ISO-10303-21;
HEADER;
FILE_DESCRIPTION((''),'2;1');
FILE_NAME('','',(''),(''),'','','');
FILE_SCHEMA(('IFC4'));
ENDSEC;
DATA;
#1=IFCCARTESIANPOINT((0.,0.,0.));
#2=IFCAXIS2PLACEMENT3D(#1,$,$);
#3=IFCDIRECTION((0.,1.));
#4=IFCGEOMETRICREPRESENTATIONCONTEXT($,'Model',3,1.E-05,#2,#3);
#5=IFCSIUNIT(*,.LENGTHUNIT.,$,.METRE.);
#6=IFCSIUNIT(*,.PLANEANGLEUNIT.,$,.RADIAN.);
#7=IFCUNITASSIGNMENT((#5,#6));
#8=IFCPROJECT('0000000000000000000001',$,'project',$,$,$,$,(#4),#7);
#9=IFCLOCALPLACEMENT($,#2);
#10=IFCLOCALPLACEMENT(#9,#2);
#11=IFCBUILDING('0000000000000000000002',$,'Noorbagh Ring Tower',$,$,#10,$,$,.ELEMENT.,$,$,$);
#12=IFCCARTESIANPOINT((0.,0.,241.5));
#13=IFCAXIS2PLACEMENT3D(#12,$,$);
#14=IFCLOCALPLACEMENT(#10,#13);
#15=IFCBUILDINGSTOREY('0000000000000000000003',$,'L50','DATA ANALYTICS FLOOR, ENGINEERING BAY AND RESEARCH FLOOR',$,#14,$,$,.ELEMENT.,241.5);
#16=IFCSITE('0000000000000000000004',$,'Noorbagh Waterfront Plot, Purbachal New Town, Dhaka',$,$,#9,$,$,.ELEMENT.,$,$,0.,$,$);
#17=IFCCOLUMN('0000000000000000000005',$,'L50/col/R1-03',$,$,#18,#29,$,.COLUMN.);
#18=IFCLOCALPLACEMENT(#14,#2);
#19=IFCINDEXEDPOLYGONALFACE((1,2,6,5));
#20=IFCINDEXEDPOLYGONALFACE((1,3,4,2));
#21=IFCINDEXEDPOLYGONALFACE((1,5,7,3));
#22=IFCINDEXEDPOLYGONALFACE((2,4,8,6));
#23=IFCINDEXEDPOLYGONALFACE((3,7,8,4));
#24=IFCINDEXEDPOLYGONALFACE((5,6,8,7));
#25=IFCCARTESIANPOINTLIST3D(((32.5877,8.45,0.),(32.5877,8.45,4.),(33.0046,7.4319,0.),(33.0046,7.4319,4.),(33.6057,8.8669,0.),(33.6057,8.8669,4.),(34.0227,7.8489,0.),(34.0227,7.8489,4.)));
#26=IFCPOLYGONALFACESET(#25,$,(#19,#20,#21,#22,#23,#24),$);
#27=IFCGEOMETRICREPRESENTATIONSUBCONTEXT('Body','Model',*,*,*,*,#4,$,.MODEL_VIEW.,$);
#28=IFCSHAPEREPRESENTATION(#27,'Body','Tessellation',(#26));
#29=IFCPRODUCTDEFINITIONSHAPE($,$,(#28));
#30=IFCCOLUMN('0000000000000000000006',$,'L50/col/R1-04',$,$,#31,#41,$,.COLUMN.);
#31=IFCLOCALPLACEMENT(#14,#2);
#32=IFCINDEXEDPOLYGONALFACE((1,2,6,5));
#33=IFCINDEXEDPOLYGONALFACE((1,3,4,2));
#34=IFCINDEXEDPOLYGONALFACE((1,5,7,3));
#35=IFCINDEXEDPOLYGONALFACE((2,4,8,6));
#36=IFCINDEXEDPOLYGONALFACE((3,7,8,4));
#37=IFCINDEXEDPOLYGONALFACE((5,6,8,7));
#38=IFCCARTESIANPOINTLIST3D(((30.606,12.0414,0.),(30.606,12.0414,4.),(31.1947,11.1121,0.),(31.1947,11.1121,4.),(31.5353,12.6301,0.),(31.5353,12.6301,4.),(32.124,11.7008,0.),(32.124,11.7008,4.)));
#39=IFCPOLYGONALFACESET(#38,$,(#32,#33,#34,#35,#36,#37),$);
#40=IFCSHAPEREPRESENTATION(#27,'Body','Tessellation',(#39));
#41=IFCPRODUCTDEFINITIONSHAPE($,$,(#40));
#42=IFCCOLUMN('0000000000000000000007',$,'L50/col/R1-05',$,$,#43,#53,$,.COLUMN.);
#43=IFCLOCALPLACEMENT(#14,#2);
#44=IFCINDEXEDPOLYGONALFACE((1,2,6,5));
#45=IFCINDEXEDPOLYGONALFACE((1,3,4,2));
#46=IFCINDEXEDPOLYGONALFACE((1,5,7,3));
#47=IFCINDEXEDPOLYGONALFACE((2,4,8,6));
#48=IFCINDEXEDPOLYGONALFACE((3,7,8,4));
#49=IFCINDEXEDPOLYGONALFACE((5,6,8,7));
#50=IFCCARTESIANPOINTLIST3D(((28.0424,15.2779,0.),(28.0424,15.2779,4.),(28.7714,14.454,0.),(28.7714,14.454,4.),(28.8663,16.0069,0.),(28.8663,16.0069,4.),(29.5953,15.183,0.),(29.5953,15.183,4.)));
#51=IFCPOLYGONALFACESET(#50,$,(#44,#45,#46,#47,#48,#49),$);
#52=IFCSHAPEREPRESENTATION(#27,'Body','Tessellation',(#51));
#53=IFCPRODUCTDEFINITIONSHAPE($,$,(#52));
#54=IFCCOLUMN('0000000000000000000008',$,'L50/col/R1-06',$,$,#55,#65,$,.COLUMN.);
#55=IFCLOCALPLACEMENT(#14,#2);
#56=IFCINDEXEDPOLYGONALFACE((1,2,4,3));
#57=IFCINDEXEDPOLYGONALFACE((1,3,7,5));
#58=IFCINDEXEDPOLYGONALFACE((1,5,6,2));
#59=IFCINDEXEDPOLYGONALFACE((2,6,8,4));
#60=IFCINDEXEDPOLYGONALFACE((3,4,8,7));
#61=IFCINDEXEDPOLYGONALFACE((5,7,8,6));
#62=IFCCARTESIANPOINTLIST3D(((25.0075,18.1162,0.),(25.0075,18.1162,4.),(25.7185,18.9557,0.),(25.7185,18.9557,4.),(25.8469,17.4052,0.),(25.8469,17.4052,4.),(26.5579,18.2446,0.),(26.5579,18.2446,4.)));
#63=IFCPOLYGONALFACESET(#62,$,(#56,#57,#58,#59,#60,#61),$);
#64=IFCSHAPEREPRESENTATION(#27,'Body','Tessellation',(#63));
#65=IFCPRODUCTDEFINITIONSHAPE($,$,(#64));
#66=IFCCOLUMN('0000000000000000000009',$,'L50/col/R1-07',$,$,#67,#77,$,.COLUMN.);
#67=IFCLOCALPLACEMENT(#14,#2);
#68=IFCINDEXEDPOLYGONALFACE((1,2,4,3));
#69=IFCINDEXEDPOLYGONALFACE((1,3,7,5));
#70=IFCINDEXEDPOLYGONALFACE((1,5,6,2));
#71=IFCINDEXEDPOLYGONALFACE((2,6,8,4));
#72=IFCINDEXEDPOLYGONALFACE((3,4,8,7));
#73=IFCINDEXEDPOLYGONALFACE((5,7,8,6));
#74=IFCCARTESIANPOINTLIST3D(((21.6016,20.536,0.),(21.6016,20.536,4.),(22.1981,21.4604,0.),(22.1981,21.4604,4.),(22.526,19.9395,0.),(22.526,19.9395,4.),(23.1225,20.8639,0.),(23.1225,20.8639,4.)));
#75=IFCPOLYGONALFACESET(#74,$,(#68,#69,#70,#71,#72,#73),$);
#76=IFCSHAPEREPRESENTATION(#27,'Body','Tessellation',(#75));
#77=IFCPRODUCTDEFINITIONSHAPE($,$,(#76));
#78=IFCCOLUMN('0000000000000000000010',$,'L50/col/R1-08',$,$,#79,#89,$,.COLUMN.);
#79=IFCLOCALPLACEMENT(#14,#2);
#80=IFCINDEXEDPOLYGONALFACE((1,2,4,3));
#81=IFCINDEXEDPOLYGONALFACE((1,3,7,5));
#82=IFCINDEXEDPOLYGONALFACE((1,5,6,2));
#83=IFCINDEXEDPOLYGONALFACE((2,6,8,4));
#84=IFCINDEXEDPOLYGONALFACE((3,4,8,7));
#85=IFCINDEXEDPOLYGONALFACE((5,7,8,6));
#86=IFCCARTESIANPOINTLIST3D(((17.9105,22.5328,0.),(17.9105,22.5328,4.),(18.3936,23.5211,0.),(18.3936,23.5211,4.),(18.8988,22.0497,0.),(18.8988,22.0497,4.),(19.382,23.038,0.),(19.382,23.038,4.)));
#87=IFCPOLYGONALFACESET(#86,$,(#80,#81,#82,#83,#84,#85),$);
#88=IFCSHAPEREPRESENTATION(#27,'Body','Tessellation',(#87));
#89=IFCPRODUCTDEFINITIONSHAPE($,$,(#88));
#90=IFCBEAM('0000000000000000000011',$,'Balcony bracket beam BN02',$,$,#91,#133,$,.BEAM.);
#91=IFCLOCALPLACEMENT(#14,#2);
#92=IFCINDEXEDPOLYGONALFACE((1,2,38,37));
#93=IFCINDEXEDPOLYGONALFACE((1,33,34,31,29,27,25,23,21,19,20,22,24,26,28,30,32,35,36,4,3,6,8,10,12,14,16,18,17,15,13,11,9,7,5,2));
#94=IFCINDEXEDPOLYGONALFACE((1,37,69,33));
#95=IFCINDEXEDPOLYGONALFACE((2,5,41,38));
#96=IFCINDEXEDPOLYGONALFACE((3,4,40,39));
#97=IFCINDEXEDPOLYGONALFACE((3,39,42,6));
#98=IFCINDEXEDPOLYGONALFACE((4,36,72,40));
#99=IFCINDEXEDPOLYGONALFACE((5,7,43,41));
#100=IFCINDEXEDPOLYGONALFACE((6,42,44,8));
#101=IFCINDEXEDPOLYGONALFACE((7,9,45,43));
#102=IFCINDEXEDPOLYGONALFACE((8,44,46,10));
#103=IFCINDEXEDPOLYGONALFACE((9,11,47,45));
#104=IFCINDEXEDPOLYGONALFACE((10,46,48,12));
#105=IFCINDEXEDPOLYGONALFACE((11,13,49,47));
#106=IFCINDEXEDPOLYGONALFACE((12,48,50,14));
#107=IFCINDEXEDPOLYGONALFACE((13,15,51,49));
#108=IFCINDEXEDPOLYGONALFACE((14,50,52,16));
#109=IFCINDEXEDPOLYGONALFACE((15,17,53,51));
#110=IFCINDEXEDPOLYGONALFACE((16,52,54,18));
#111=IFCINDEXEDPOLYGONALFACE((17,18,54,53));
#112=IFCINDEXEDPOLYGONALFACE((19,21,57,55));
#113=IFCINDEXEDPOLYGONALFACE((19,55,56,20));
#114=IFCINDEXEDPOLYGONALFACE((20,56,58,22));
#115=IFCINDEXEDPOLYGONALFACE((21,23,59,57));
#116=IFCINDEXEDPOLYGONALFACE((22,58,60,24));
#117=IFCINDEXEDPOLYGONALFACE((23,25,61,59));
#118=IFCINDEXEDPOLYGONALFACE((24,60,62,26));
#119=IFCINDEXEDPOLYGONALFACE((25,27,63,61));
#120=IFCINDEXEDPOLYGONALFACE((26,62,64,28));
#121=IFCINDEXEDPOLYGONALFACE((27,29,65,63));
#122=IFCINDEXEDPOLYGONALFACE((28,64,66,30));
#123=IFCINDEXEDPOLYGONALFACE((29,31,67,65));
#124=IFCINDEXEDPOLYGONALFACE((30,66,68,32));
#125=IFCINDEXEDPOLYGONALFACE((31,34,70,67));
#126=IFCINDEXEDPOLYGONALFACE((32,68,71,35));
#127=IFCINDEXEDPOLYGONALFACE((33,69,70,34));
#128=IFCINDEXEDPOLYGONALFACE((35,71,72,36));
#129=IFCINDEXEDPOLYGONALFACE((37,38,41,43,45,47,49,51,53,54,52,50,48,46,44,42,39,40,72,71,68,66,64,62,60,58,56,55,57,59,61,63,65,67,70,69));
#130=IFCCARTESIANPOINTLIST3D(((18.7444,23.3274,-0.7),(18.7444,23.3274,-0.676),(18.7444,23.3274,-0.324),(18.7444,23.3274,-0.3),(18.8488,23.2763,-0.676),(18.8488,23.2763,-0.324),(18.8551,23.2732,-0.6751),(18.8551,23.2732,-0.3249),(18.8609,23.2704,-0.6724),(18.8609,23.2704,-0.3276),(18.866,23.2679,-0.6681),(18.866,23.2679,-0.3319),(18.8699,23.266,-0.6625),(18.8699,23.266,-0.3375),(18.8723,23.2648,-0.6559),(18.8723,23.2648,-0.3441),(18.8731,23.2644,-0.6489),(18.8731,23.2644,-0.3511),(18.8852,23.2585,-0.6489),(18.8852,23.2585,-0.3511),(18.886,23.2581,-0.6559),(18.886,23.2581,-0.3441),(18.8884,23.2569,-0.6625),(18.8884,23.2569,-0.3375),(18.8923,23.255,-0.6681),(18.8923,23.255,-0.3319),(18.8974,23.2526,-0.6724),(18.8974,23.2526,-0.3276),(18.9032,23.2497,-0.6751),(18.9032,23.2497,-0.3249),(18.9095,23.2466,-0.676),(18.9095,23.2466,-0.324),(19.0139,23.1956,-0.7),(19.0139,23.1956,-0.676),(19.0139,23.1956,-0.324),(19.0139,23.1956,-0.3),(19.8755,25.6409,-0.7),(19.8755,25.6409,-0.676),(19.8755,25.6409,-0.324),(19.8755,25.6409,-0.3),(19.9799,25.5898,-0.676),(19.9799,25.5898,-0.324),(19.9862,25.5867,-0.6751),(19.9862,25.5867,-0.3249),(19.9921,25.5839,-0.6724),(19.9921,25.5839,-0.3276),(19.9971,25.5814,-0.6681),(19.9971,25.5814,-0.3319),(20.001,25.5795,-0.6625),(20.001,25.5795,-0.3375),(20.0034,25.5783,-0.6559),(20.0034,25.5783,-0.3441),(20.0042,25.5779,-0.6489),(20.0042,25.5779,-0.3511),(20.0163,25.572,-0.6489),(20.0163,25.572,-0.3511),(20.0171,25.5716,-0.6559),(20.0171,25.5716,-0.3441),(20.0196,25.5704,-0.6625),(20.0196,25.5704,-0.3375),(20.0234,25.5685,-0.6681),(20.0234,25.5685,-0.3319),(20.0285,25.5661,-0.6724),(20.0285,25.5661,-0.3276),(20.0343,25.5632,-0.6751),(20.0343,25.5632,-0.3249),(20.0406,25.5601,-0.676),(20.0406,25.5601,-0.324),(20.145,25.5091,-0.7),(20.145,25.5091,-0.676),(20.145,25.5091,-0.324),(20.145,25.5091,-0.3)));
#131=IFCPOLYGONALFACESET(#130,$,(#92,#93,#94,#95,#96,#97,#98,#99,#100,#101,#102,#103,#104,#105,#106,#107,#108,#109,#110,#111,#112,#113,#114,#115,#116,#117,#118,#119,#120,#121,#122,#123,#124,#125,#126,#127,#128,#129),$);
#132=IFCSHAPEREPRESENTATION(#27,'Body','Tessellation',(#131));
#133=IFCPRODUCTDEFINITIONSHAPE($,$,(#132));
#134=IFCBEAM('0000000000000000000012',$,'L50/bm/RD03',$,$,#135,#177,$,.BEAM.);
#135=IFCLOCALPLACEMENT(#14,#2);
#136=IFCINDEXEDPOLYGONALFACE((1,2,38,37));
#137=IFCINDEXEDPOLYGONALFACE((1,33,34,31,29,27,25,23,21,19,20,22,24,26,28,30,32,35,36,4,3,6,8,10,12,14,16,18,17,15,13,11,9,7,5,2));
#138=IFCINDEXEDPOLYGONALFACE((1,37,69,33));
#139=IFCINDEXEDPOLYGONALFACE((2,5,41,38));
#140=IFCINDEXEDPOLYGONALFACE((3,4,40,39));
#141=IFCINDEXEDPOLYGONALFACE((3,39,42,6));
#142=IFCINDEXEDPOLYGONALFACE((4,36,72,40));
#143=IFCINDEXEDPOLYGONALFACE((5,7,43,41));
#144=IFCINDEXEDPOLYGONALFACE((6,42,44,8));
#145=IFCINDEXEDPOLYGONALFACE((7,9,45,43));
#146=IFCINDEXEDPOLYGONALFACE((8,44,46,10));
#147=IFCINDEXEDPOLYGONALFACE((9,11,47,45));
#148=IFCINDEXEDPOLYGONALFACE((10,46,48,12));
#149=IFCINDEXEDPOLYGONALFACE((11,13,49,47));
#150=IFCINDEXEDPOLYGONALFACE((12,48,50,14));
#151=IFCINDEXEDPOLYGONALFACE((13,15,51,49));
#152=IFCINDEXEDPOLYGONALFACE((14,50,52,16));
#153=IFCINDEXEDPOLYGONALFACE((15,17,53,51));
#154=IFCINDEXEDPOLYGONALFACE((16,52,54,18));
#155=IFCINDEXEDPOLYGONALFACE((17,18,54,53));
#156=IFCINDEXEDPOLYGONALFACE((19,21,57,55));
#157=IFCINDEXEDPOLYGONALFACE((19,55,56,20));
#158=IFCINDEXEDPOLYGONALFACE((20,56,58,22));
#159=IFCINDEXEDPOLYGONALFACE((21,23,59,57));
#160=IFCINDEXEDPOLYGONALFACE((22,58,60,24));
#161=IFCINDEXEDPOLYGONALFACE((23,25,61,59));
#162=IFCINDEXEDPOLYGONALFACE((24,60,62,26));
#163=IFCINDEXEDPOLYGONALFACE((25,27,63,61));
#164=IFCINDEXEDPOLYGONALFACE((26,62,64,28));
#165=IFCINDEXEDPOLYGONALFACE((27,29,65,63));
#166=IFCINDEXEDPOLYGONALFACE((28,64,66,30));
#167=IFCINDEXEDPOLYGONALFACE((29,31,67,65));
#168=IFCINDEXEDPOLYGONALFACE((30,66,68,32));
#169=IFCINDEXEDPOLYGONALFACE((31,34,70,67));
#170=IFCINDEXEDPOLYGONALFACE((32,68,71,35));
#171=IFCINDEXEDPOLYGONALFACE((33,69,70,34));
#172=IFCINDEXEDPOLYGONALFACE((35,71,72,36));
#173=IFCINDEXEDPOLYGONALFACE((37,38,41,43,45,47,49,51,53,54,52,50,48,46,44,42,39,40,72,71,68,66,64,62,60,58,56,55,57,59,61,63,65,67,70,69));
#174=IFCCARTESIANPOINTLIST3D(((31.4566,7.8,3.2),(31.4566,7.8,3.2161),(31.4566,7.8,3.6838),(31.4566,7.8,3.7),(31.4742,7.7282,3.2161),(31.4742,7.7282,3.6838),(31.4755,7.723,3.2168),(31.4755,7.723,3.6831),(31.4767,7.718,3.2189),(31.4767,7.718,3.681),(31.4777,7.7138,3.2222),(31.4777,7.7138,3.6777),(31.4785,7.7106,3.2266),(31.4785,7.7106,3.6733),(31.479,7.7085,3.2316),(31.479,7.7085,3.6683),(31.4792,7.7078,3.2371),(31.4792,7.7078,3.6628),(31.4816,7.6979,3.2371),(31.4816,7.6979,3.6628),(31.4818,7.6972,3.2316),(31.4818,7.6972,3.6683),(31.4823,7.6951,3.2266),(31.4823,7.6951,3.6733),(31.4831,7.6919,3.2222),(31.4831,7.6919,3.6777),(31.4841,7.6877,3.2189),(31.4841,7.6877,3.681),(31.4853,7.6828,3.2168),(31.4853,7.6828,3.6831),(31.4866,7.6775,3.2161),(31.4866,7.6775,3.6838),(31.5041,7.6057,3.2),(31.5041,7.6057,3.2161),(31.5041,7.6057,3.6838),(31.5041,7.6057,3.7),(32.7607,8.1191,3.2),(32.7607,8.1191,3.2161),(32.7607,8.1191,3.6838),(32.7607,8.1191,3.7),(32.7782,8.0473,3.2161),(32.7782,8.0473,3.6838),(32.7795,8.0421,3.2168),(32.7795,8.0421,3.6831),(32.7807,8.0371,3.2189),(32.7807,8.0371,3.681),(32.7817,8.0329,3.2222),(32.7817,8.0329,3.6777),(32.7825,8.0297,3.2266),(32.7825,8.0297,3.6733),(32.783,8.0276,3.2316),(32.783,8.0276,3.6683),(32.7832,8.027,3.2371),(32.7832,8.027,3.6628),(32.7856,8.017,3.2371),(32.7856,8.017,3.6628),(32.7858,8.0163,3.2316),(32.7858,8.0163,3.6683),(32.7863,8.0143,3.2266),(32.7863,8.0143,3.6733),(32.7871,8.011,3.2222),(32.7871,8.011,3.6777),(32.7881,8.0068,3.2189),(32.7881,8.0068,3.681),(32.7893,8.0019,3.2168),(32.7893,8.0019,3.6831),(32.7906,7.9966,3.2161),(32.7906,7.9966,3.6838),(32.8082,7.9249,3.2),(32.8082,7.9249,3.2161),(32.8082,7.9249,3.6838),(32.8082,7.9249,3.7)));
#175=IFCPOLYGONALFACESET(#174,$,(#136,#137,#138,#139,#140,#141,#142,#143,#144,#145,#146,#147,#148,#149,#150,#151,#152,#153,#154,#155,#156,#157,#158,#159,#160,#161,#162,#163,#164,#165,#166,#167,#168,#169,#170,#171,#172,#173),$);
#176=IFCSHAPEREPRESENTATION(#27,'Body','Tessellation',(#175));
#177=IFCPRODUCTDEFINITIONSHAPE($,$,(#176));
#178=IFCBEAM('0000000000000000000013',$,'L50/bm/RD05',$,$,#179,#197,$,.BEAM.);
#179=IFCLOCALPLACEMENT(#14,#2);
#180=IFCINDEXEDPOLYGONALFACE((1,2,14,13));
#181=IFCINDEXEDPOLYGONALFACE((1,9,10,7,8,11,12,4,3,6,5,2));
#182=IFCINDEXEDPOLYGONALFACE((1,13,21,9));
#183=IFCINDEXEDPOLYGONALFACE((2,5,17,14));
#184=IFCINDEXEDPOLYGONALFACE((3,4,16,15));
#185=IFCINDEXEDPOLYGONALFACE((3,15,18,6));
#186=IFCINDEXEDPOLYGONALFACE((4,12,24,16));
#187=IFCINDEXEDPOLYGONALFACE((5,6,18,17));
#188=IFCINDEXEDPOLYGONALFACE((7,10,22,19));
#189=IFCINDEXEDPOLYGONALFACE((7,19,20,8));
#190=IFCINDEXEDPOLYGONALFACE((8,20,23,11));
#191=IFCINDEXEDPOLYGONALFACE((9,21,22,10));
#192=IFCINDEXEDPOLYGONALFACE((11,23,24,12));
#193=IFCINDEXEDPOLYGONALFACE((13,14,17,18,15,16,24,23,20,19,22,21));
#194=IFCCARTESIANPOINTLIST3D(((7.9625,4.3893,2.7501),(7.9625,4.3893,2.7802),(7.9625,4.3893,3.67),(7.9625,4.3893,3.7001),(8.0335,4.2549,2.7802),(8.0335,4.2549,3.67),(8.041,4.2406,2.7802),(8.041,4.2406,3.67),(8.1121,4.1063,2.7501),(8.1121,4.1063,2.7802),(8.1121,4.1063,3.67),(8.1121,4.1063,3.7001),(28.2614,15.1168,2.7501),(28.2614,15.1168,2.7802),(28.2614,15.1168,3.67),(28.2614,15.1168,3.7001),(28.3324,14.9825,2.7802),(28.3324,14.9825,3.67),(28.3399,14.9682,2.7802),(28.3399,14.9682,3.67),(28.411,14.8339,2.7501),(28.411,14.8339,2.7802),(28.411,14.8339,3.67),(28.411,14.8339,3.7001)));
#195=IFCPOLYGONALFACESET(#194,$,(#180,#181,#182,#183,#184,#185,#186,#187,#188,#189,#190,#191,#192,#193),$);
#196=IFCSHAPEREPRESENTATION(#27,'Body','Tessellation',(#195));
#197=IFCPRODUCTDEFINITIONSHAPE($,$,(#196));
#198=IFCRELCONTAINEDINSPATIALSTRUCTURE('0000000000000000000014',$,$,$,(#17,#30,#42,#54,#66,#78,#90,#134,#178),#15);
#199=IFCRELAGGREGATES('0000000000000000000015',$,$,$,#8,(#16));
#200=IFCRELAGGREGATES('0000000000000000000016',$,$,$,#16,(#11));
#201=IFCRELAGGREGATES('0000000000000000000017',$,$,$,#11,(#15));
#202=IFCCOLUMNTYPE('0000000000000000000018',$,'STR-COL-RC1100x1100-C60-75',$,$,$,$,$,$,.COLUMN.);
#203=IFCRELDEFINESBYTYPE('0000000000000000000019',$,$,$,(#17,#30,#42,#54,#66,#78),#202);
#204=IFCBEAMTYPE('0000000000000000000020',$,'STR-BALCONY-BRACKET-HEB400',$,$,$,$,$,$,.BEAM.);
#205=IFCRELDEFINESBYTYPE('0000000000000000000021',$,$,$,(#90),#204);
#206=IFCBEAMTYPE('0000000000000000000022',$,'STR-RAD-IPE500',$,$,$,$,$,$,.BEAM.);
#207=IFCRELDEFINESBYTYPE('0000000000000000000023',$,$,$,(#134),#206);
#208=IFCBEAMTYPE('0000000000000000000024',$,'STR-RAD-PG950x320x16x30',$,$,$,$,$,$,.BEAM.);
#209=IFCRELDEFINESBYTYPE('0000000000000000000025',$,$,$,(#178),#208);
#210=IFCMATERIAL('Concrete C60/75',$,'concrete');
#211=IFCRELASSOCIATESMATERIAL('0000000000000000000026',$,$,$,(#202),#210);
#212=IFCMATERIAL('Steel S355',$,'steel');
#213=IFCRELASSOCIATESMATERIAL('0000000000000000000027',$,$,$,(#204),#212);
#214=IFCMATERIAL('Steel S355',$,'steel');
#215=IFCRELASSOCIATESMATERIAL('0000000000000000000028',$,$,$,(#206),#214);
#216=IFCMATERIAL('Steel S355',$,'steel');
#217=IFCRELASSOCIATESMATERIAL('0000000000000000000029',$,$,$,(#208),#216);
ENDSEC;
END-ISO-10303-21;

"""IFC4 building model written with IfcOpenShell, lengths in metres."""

from ifc_helpers import new_model, si_unit, direction, frame, origin, origin_2d, place, context, subcontext, project, spatial, rectangle, i_section, extrude, material, material_profile, profile_set, type_object, element, save


model = new_model("IFC4")

# Units and contexts
model_context = context("Model", 3, precision=1e-05, world=origin(), true_north=direction((0.0, 1.0)))
body_context = subcontext(model_context, "Body", "Model", "MODEL_VIEW")
ifc_project = project(units=[si_unit("LENGTHUNIT", "METRE"), si_unit("PLANEANGLEUNIT", "RADIAN")], contexts=[model_context])

# Site, building, storey
site_placement = place(None, origin())
site = spatial("IfcSite", under=ifc_project, at=site_placement, Name="Noorbagh Waterfront Plot, Purbachal New Town, Dhaka", CompositionType="ELEMENT", RefElevation=0.0)
building_placement = place(site_placement, origin())
building = spatial("IfcBuilding", under=site, at=building_placement, Name="Noorbagh Ring Tower", CompositionType="ELEMENT")
storey_placement = place(building_placement, frame((0.0, 0.0, 241.5)))
storey = spatial("IfcBuildingStorey", under=building, at=storey_placement, Name="L50", Description="DATA ANALYTICS FLOOR, ENGINEERING BAY AND RESEARCH FLOOR", CompositionType="ELEMENT", Elevation=241.5)

# Columns
ifc_material_1 = material(Name="Concrete C60/75", Category="concrete")
ifc_material_profile_1 = material_profile(ifc_material_1, rectangle(XDim=1.1001, YDim=1.1001, at=origin_2d()), Name="RC1100x1100")
ifc_profile_set_1 = profile_set([ifc_material_profile_1], Name="Concrete C60/75")
column_type = type_object("IfcColumnType", Name="STR-COL-RC1100x1100-C60-75", PredefinedType="COLUMN", material=ifc_profile_set_1)
for number, where, z_axis, x_axis, name in (
    (1, (33.3052, 8.1494, 0.0), (0.0, 0.0, 1.0), (-0.378989, 0.925401, 0.0), "L50/col/R1-03"),
    (2, (31.365, 11.8711, 0.0), (0.0, 0.0, 1.0), (-0.53519, 0.844731, 0.0), "L50/col/R1-04"),
    (3, (28.8188, 15.2305, 0.0), (0.0, 0.0, 1.0), (-0.662636, 0.748942, 0.0), "L50/col/R1-05"),
    (4, (25.7827, 18.1804, 0.0), (0.0, 0.0, 1.0), (-0.763035, 0.646357, 0.0), "L50/col/R1-06"),
    (5, (22.3621, 20.7, 0.0), (0.0, 0.0, 1.0), (-0.840248, 0.542203, 0.0), "L50/col/R1-07"),
    (6, (18.6462, 22.7854, 0.0), (0.0, 0.0, 1.0), (-0.898399, 0.43918, 0.0), "L50/col/R1-08"),
):
    element("IfcColumn", number, at=place(storey_placement, frame(where, z_axis=z_axis, x_axis=x_axis)), inside=storey, type_object=column_type, Name=name, PredefinedType="COLUMN", context=body_context, shape_type="SweptSolid", body=[
        extrude(rectangle(XDim=1.1001, YDim=1.1001, at=origin_2d()), origin(), (0.0, 0.0, 1.0), 4.0),
    ])

# Beams
ifc_material_2 = material(Name="Steel S355", Category="steel")
ifc_material_profile_2 = material_profile(ifc_material_2, i_section(OverallWidth=0.3, OverallDepth=0.3999, WebThickness=0.0134, FlangeThickness=0.0239, FilletRadius=0.0271, at=origin_2d()), Name="HEB400")
ifc_profile_set_2 = profile_set([ifc_material_profile_2], Name="Steel S355")
beam_type_1 = type_object("IfcBeamType", Name="STR-BALCONY-BRACKET-HEB400", PredefinedType="BEAM", material=ifc_profile_set_2)
beam_1_placement = place(storey_placement, frame((18.8792, 23.2615, -0.5), z_axis=(0.439232, 0.898374, 0.0), x_axis=(-0.898374, 0.439232, 0.0)))
element("IfcBeam", 7, at=beam_1_placement, inside=storey, type_object=beam_type_1, Name="Balcony bracket beam BN02", PredefinedType="BEAM", context=body_context, shape_type="SweptSolid", body=[
    extrude(i_section(OverallWidth=0.3, OverallDepth=0.3999, WebThickness=0.0134, FlangeThickness=0.0239, FilletRadius=0.0271, at=origin_2d()), origin(), (0.0, 0.0, 1.0), 2.5752),
])
ifc_material_3 = material(Name="Steel S355", Category="steel")
ifc_material_profile_3 = material_profile(ifc_material_3, i_section(OverallWidth=0.2, OverallDepth=0.5, WebThickness=0.0103, FlangeThickness=0.0161, FilletRadius=0.021, at=origin_2d()), Name="IPE500")
ifc_profile_set_3 = profile_set([ifc_material_profile_3], Name="Steel S355")
beam_type_2 = type_object("IfcBeamType", Name="STR-RAD-IPE500", PredefinedType="BEAM", material=ifc_profile_set_3)
beam_2_placement = place(storey_placement, frame((32.7844, 8.022, 3.45), z_axis=(-0.971339, -0.237697, 0.0), x_axis=(0.237697, -0.971339, 0.0)))
element("IfcBeam", 8, at=beam_2_placement, inside=storey, type_object=beam_type_2, Name="L50/bm/RD03", PredefinedType="BEAM", context=body_context, shape_type="SweptSolid", body=[
    extrude(i_section(OverallWidth=0.2, OverallDepth=0.5, WebThickness=0.0103, FlangeThickness=0.0161, FilletRadius=0.021, at=origin_2d()), origin(), (0.0, 0.0, 1.0), 1.3425),
])
ifc_material_4 = material(Name="Steel S355", Category="steel")
ifc_material_profile_4 = material_profile(ifc_material_4, i_section(OverallWidth=0.3201, OverallDepth=0.95, WebThickness=0.0161, FlangeThickness=0.03, at=origin_2d()), Name="PG950x320x16x30")
ifc_profile_set_4 = profile_set([ifc_material_profile_4], Name="Steel S355")
beam_type_3 = type_object("IfcBeamType", Name="STR-RAD-PG950x320x16x30", PredefinedType="BEAM", material=ifc_profile_set_4)
beam_3_placement = place(storey_placement, frame((28.3362, 14.9753, 3.2251), z_axis=(-0.884128, -0.467245, 0.0), x_axis=(0.467245, -0.884128, 0.0)))
element("IfcBeam", 9, at=beam_3_placement, inside=storey, type_object=beam_type_3, Name="L50/bm/RD05", PredefinedType="BEAM", context=body_context, shape_type="SweptSolid", body=[
    extrude(i_section(OverallWidth=0.3201, OverallDepth=0.95, WebThickness=0.0161, FlangeThickness=0.03, at=origin_2d()), origin(), (0.0, 0.0, 1.0), 22.9592),
])

save(model, "model.ifc")
